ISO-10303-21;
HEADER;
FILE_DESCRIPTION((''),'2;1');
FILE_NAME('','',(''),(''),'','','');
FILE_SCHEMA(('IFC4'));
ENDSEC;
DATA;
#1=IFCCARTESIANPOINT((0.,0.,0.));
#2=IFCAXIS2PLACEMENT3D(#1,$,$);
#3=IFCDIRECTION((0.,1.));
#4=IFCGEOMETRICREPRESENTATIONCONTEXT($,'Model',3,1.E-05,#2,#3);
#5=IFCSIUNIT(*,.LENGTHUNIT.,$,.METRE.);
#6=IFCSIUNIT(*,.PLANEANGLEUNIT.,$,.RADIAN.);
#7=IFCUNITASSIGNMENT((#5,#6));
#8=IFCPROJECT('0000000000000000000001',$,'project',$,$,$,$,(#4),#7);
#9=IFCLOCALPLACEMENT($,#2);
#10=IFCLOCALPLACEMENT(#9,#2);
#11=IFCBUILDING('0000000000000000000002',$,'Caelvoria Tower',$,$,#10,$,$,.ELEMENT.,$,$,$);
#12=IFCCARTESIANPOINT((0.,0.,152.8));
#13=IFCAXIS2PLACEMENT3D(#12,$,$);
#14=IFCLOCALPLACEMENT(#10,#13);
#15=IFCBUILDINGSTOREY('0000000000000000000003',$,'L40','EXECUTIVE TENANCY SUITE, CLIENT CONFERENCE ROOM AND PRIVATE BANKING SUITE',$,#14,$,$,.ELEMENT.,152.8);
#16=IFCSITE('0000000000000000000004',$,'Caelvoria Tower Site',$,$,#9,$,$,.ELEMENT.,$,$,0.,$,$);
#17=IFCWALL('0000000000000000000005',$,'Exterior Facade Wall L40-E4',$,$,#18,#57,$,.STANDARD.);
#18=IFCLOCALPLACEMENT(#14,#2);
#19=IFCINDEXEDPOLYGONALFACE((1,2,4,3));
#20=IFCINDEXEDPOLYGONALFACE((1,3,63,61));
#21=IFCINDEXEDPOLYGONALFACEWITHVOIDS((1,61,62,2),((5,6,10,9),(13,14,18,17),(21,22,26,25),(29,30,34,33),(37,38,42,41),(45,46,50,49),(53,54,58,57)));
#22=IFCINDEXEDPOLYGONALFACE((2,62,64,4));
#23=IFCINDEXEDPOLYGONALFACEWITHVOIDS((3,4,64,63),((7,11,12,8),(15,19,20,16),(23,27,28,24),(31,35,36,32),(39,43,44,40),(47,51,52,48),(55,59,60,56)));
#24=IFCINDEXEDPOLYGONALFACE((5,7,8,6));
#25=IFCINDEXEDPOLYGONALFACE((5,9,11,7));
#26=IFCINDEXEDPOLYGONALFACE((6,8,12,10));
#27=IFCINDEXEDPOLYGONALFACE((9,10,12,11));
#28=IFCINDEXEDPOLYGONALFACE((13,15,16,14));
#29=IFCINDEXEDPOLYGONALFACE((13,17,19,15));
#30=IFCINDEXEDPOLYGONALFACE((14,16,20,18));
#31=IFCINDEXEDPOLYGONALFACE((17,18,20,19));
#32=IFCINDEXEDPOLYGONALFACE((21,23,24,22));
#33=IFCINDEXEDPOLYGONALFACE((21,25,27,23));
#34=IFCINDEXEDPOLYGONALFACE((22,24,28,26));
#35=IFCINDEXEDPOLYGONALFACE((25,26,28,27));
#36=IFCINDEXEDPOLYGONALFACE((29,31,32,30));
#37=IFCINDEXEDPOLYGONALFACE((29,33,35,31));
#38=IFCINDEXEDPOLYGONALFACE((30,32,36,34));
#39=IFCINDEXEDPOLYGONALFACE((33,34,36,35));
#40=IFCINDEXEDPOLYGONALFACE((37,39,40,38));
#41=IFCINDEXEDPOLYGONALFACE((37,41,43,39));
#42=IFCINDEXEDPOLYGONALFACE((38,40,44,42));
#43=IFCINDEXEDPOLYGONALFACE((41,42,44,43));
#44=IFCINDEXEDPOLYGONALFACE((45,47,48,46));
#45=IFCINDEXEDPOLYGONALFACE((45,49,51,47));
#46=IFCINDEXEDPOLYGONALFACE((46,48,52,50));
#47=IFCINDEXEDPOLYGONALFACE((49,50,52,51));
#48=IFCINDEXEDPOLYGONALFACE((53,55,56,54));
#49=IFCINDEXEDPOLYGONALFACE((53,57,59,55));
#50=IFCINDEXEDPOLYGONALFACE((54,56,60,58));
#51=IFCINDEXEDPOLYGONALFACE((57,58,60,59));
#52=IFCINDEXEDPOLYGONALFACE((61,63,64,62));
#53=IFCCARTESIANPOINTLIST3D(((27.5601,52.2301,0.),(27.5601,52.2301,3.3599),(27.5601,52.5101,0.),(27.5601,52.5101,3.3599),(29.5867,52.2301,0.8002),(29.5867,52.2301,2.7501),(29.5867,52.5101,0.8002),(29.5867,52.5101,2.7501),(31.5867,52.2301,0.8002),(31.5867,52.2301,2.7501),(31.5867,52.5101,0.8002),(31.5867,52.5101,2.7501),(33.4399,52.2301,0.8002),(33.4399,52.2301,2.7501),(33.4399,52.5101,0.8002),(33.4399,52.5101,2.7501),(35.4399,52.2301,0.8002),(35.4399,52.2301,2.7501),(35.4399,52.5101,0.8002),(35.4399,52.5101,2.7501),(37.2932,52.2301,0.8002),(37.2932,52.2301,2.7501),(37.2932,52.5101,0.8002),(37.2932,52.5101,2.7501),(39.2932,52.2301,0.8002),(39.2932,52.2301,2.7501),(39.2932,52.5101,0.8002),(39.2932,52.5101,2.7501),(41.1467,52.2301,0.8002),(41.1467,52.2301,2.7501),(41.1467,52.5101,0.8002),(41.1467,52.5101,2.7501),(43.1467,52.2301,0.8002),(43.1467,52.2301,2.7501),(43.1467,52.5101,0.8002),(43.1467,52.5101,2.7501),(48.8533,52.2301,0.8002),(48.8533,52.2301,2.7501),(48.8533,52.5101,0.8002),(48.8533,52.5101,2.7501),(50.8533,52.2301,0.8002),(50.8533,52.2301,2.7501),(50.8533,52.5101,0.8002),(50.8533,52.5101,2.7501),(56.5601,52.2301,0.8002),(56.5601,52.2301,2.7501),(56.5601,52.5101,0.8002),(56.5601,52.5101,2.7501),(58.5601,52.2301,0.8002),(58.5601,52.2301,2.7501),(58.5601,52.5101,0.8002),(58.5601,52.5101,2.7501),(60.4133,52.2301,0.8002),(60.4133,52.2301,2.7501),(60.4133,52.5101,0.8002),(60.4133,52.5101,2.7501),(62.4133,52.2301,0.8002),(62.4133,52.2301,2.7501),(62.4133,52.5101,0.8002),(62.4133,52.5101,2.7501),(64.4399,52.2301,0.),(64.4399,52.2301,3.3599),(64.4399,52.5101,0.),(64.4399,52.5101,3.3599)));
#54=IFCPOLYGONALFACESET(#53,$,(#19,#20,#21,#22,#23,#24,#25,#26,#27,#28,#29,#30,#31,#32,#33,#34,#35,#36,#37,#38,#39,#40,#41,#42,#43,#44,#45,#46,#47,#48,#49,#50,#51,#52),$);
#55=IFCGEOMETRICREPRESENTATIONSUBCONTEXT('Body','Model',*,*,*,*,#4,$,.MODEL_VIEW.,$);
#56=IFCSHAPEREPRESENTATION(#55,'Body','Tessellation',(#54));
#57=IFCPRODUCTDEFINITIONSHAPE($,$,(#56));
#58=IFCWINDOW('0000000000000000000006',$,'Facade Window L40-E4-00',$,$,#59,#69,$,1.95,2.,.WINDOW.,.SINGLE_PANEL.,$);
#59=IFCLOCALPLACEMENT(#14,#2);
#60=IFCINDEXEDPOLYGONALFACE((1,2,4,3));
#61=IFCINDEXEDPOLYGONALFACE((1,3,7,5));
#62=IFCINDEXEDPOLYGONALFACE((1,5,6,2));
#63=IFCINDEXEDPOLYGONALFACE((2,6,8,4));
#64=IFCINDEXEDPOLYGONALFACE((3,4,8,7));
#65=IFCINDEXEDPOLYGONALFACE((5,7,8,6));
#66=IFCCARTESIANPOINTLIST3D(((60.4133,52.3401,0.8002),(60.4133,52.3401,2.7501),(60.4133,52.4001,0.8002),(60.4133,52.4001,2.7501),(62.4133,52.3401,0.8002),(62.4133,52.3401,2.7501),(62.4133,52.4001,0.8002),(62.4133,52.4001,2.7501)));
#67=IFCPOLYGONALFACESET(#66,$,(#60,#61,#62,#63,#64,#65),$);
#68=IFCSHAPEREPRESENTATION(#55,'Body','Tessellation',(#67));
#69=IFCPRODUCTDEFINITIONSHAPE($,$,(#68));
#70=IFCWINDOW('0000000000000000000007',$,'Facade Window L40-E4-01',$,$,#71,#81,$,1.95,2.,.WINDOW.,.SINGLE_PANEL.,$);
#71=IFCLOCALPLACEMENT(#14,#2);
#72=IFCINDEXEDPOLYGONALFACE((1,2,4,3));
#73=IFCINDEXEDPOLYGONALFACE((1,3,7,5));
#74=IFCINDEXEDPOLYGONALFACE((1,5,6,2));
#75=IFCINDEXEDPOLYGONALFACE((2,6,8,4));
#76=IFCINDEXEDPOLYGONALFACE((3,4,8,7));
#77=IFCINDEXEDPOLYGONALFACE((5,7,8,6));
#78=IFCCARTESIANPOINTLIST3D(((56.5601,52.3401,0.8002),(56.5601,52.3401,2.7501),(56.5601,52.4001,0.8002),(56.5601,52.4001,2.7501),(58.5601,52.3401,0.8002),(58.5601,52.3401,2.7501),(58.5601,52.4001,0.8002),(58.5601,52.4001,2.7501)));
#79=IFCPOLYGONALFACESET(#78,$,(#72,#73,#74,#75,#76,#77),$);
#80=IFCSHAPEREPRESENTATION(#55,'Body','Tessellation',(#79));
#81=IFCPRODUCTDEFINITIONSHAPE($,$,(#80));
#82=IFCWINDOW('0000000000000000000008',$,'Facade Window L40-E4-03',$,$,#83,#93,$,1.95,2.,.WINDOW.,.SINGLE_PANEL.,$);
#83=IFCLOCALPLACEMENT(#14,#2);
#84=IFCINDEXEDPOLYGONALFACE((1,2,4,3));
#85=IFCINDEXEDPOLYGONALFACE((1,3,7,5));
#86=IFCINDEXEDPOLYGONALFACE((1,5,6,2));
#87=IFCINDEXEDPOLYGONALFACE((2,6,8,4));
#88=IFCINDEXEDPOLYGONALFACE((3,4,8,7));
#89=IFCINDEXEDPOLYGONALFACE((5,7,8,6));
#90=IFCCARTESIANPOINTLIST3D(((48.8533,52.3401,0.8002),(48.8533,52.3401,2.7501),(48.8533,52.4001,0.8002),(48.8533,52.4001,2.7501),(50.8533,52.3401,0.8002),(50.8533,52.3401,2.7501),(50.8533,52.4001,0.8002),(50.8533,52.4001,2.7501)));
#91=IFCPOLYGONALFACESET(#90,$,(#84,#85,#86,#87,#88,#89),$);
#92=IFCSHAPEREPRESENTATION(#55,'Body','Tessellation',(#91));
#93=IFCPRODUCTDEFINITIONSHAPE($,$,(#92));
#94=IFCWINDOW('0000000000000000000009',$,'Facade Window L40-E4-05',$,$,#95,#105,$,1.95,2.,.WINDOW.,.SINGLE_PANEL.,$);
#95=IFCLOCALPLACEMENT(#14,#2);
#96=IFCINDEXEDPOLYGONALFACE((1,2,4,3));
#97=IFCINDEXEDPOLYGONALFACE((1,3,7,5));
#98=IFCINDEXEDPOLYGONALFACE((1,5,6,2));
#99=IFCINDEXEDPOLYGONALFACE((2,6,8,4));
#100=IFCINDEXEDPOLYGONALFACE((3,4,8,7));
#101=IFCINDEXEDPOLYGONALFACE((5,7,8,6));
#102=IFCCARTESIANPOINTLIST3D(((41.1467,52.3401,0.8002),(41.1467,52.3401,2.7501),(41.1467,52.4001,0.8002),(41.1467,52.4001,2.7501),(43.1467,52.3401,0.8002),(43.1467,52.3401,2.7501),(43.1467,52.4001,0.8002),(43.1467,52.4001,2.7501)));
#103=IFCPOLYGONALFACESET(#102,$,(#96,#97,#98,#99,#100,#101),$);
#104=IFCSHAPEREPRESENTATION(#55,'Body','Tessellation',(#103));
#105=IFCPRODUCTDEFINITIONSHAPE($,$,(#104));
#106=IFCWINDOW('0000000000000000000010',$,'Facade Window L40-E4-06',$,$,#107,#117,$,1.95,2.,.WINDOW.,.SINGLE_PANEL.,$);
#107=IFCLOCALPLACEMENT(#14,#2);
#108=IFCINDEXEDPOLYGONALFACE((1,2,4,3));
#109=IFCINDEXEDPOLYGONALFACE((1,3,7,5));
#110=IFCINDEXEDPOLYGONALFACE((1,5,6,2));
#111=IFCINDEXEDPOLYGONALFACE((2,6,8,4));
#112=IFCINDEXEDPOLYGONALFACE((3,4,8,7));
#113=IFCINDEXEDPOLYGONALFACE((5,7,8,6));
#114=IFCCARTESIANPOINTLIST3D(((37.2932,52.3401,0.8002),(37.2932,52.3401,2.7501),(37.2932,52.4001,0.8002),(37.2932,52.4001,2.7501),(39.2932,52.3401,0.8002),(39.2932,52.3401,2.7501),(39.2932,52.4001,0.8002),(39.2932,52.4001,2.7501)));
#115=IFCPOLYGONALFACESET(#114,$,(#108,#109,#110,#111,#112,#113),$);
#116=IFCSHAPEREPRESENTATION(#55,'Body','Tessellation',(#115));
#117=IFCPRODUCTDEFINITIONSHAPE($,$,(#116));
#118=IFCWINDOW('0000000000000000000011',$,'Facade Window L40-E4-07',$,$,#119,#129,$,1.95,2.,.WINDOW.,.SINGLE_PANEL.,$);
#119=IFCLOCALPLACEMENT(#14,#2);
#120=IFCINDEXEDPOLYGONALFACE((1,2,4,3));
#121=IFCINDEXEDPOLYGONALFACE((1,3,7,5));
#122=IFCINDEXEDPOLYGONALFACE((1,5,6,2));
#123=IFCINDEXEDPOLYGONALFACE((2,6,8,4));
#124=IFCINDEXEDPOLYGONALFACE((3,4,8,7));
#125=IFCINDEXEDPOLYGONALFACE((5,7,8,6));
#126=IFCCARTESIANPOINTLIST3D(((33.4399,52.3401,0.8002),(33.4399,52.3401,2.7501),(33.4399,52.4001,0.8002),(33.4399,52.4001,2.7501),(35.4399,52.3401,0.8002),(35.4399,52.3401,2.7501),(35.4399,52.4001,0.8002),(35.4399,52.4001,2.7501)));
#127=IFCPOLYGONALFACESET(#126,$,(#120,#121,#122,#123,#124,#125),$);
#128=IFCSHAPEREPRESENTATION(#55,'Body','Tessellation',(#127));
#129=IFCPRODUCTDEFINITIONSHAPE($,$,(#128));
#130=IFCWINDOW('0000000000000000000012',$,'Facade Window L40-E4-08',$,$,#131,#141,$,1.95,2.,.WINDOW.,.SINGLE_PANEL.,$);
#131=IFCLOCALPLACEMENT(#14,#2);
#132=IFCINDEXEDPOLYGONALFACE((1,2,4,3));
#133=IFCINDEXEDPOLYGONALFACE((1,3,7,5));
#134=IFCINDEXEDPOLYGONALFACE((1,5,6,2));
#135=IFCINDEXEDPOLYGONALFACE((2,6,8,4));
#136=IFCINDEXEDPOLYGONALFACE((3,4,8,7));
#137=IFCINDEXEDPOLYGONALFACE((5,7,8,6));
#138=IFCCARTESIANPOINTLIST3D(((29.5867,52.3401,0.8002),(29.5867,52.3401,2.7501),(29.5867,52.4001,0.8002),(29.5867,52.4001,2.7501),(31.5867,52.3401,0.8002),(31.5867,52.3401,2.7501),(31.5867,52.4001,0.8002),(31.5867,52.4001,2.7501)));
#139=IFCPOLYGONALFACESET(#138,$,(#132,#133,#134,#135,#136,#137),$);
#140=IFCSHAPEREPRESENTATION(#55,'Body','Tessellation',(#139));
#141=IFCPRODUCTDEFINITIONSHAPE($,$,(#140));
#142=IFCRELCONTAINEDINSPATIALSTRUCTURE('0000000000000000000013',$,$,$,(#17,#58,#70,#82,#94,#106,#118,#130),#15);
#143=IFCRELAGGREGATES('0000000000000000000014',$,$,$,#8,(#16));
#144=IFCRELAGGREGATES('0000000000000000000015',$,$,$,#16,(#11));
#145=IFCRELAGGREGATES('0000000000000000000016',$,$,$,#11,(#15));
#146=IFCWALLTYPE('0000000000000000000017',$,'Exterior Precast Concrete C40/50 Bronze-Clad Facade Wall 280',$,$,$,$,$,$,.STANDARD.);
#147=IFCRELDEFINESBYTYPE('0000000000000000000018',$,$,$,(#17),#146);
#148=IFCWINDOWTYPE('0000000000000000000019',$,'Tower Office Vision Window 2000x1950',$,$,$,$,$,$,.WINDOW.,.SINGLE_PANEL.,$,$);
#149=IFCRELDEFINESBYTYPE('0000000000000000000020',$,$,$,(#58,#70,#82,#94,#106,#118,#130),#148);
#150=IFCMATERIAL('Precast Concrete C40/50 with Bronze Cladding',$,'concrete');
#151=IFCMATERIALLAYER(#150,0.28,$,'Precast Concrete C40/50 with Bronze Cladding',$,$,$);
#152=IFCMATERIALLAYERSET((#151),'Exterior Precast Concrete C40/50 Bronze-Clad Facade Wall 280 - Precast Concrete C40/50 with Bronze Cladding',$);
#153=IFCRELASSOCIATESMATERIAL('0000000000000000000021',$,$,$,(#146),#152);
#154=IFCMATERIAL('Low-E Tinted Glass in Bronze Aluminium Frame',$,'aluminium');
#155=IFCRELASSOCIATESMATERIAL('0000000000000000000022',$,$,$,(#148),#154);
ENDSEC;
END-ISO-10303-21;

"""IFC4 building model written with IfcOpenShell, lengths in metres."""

from ifc_helpers import new_model, si_unit, direction, frame, frame_2d, origin, place, context, subcontext, project, spatial, rectangle, extrude, material, layer, layer_set, type_object, element, fill, save


model = new_model("IFC4")

# Units and contexts
model_context = context("Model", 3, precision=1e-05, world=origin(), true_north=direction((0.0, 1.0)))
body_context = subcontext(model_context, "Body", "Model", "MODEL_VIEW")
ifc_project = project(units=[si_unit("LENGTHUNIT", "METRE"), si_unit("PLANEANGLEUNIT", "RADIAN")], contexts=[model_context])

# Site, building, storey
site_placement = place(None, origin())
site = spatial("IfcSite", under=ifc_project, at=site_placement, Name="Caelvoria Tower Site", CompositionType="ELEMENT", RefElevation=0.0)
building_placement = place(site_placement, origin())
building = spatial("IfcBuilding", under=site, at=building_placement, Name="Caelvoria Tower", CompositionType="ELEMENT")
storey_placement = place(building_placement, frame((0.0, 0.0, 152.8)))
storey = spatial("IfcBuildingStorey", under=building, at=storey_placement, Name="L40", Description="EXECUTIVE TENANCY SUITE, CLIENT CONFERENCE ROOM AND PRIVATE BANKING SUITE", CompositionType="ELEMENT", Elevation=152.8)

# Shared definitions
ifc_material_1 = material(Name="Precast Concrete C40/50 with Bronze Cladding", Category="concrete")
ifc_layer_1 = layer(ifc_material_1, 0.28, Name="Precast Concrete C40/50 with Bronze Cladding")
ifc_layer_set_1 = layer_set([ifc_layer_1], Name="Exterior Precast Concrete C40/50 Bronze-Clad Facade Wall 280 - Precast Concrete C40/50 with Bronze Cladding")
wall_type_1 = type_object("IfcWallType", Name="Exterior Precast Concrete C40/50 Bronze-Clad Facade Wall 280", PredefinedType="STANDARD", material=ifc_layer_set_1)

# Wall, openings, windows
wall_1_placement = place(storey_placement, frame((64.4399, 52.3701, 0.0), z_axis=(0.0, 0.0, 1.0), x_axis=(-1.0, 0.0, 0.0)))
wall_1 = element("IfcWall", 1, at=wall_1_placement, inside=storey, type_object=wall_type_1, Name="Exterior Facade Wall L40-E4", PredefinedType="STANDARD", context=body_context, shape_type="SweptSolid", body=[
    extrude(rectangle(XDim=36.8799, YDim=0.28, at=frame_2d((18.4399, 0.0))), origin(), (0.0, 0.0, 1.0), 3.3599),
])
opening_1_placement = place(wall_1_placement, frame((2.0266, 0.0, 0.8)))
opening_1 = element("IfcOpeningElement", 2, at=opening_1_placement, cuts=wall_1, PredefinedType="OPENING", context=body_context, shape_type="SweptSolid", body=[
    extrude(rectangle(XDim=2.0, YDim=1.95, at=frame_2d((1.0, 0.9751))), frame((0.0, 0.1499, 0.0), z_axis=(0.0, -1.0, 0.0), x_axis=(1.0, 0.0, 0.0)), (0.0, 0.0, 1.0), 0.3),
])
opening_2_placement = place(wall_1_placement, frame((5.8799, 0.0, 0.8)))
opening_2 = element("IfcOpeningElement", 3, at=opening_2_placement, cuts=wall_1, PredefinedType="OPENING", context=body_context, shape_type="SweptSolid", body=[
    extrude(rectangle(XDim=2.0, YDim=1.95, at=frame_2d((1.0, 0.9751))), frame((0.0, 0.1499, 0.0), z_axis=(0.0, -1.0, 0.0), x_axis=(1.0, 0.0, 0.0)), (0.0, 0.0, 1.0), 0.3),
])
opening_3_placement = place(wall_1_placement, frame((13.5867, 0.0, 0.8)))
opening_3 = element("IfcOpeningElement", 4, at=opening_3_placement, cuts=wall_1, PredefinedType="OPENING", context=body_context, shape_type="SweptSolid", body=[
    extrude(rectangle(XDim=2.0, YDim=1.95, at=frame_2d((1.0, 0.9751))), frame((0.0, 0.1499, 0.0), z_axis=(0.0, -1.0, 0.0), x_axis=(1.0, 0.0, 0.0)), (0.0, 0.0, 1.0), 0.3),
])
opening_4_placement = place(wall_1_placement, frame((21.2932, 0.0, 0.8)))
opening_4 = element("IfcOpeningElement", 5, at=opening_4_placement, cuts=wall_1, PredefinedType="OPENING", context=body_context, shape_type="SweptSolid", body=[
    extrude(rectangle(XDim=2.0, YDim=1.95, at=frame_2d((1.0, 0.9751))), frame((0.0, 0.1499, 0.0), z_axis=(0.0, -1.0, 0.0), x_axis=(1.0, 0.0, 0.0)), (0.0, 0.0, 1.0), 0.3),
])
opening_5_placement = place(wall_1_placement, frame((25.1467, 0.0, 0.8)))
opening_5 = element("IfcOpeningElement", 6, at=opening_5_placement, cuts=wall_1, PredefinedType="OPENING", context=body_context, shape_type="SweptSolid", body=[
    extrude(rectangle(XDim=2.0, YDim=1.95, at=frame_2d((1.0, 0.9751))), frame((0.0, 0.1499, 0.0), z_axis=(0.0, -1.0, 0.0), x_axis=(1.0, 0.0, 0.0)), (0.0, 0.0, 1.0), 0.3),
])
opening_6_placement = place(wall_1_placement, frame((29.0, 0.0, 0.8)))
opening_6 = element("IfcOpeningElement", 7, at=opening_6_placement, cuts=wall_1, PredefinedType="OPENING", context=body_context, shape_type="SweptSolid", body=[
    extrude(rectangle(XDim=2.0, YDim=1.95, at=frame_2d((1.0, 0.9751))), frame((0.0, 0.1499, 0.0), z_axis=(0.0, -1.0, 0.0), x_axis=(1.0, 0.0, 0.0)), (0.0, 0.0, 1.0), 0.3),
])
opening_7_placement = place(wall_1_placement, frame((32.8533, 0.0, 0.8)))
opening_7 = element("IfcOpeningElement", 8, at=opening_7_placement, cuts=wall_1, PredefinedType="OPENING", context=body_context, shape_type="SweptSolid", body=[
    extrude(rectangle(XDim=2.0, YDim=1.95, at=frame_2d((1.0, 0.9751))), frame((0.0, 0.1499, 0.0), z_axis=(0.0, -1.0, 0.0), x_axis=(1.0, 0.0, 0.0)), (0.0, 0.0, 1.0), 0.3),
])
ifc_material_2 = material(Name="Low-E Tinted Glass in Bronze Aluminium Frame", Category="aluminium")
window_type = type_object("IfcWindowType", Name="Tower Office Vision Window 2000x1950", PartitioningType="SINGLE_PANEL", PredefinedType="WINDOW", material=ifc_material_2)
window_1_placement = place(opening_1_placement, origin())
window_1 = element("IfcWindow", 9, at=window_1_placement, inside=storey, type_object=window_type, Name="Facade Window L40-E4-00", OverallHeight=1.95, OverallWidth=2.0, PartitioningType="SINGLE_PANEL", PredefinedType="WINDOW", context=body_context, shape_type="SweptSolid", body=[
    extrude(rectangle(XDim=2.0, YDim=1.95, at=frame_2d((1.0, 0.9751))), frame((0.0, 0.03, 0.0), z_axis=(0.0, -1.0, 0.0), x_axis=(1.0, 0.0, 0.0)), (0.0, 0.0, 1.0), 0.0601),
])
fill(opening_1, window_1)
window_2_placement = place(opening_2_placement, origin())
window_2 = element("IfcWindow", 10, at=window_2_placement, inside=storey, type_object=window_type, Name="Facade Window L40-E4-01", OverallHeight=1.95, OverallWidth=2.0, PartitioningType="SINGLE_PANEL", PredefinedType="WINDOW", context=body_context, shape_type="SweptSolid", body=[
    extrude(rectangle(XDim=2.0, YDim=1.95, at=frame_2d((1.0, 0.9751))), frame((0.0, 0.03, 0.0), z_axis=(0.0, -1.0, 0.0), x_axis=(1.0, 0.0, 0.0)), (0.0, 0.0, 1.0), 0.0601),
])
fill(opening_2, window_2)
window_3_placement = place(opening_3_placement, origin())
window_3 = element("IfcWindow", 11, at=window_3_placement, inside=storey, type_object=window_type, Name="Facade Window L40-E4-03", OverallHeight=1.95, OverallWidth=2.0, PartitioningType="SINGLE_PANEL", PredefinedType="WINDOW", context=body_context, shape_type="SweptSolid", body=[
    extrude(rectangle(XDim=2.0, YDim=1.95, at=frame_2d((1.0, 0.9751))), frame((0.0, 0.03, 0.0), z_axis=(0.0, -1.0, 0.0), x_axis=(1.0, 0.0, 0.0)), (0.0, 0.0, 1.0), 0.0601),
])
fill(opening_3, window_3)
window_4_placement = place(opening_4_placement, origin())
window_4 = element("IfcWindow", 12, at=window_4_placement, inside=storey, type_object=window_type, Name="Facade Window L40-E4-05", OverallHeight=1.95, OverallWidth=2.0, PartitioningType="SINGLE_PANEL", PredefinedType="WINDOW", context=body_context, shape_type="SweptSolid", body=[
    extrude(rectangle(XDim=2.0, YDim=1.95, at=frame_2d((1.0, 0.9751))), frame((0.0, 0.03, 0.0), z_axis=(0.0, -1.0, 0.0), x_axis=(1.0, 0.0, 0.0)), (0.0, 0.0, 1.0), 0.0601),
])
fill(opening_4, window_4)
window_5_placement = place(opening_5_placement, origin())
window_5 = element("IfcWindow", 13, at=window_5_placement, inside=storey, type_object=window_type, Name="Facade Window L40-E4-06", OverallHeight=1.95, OverallWidth=2.0, PartitioningType="SINGLE_PANEL", PredefinedType="WINDOW", context=body_context, shape_type="SweptSolid", body=[
    extrude(rectangle(XDim=2.0, YDim=1.95, at=frame_2d((1.0, 0.9751))), frame((0.0, 0.03, 0.0), z_axis=(0.0, -1.0, 0.0), x_axis=(1.0, 0.0, 0.0)), (0.0, 0.0, 1.0), 0.0601),
])
fill(opening_5, window_5)
window_6_placement = place(opening_6_placement, origin())
window_6 = element("IfcWindow", 14, at=window_6_placement, inside=storey, type_object=window_type, Name="Facade Window L40-E4-07", OverallHeight=1.95, OverallWidth=2.0, PartitioningType="SINGLE_PANEL", PredefinedType="WINDOW", context=body_context, shape_type="SweptSolid", body=[
    extrude(rectangle(XDim=2.0, YDim=1.95, at=frame_2d((1.0, 0.9751))), frame((0.0, 0.03, 0.0), z_axis=(0.0, -1.0, 0.0), x_axis=(1.0, 0.0, 0.0)), (0.0, 0.0, 1.0), 0.0601),
])
fill(opening_6, window_6)
window_7_placement = place(opening_7_placement, origin())
window_7 = element("IfcWindow", 15, at=window_7_placement, inside=storey, type_object=window_type, Name="Facade Window L40-E4-08", OverallHeight=1.95, OverallWidth=2.0, PartitioningType="SINGLE_PANEL", PredefinedType="WINDOW", context=body_context, shape_type="SweptSolid", body=[
    extrude(rectangle(XDim=2.0, YDim=1.95, at=frame_2d((1.0, 0.9751))), frame((0.0, 0.03, 0.0), z_axis=(0.0, -1.0, 0.0), x_axis=(1.0, 0.0, 0.0)), (0.0, 0.0, 1.0), 0.0601),
])
fill(opening_7, window_7)

save(model, "model.ifc")
